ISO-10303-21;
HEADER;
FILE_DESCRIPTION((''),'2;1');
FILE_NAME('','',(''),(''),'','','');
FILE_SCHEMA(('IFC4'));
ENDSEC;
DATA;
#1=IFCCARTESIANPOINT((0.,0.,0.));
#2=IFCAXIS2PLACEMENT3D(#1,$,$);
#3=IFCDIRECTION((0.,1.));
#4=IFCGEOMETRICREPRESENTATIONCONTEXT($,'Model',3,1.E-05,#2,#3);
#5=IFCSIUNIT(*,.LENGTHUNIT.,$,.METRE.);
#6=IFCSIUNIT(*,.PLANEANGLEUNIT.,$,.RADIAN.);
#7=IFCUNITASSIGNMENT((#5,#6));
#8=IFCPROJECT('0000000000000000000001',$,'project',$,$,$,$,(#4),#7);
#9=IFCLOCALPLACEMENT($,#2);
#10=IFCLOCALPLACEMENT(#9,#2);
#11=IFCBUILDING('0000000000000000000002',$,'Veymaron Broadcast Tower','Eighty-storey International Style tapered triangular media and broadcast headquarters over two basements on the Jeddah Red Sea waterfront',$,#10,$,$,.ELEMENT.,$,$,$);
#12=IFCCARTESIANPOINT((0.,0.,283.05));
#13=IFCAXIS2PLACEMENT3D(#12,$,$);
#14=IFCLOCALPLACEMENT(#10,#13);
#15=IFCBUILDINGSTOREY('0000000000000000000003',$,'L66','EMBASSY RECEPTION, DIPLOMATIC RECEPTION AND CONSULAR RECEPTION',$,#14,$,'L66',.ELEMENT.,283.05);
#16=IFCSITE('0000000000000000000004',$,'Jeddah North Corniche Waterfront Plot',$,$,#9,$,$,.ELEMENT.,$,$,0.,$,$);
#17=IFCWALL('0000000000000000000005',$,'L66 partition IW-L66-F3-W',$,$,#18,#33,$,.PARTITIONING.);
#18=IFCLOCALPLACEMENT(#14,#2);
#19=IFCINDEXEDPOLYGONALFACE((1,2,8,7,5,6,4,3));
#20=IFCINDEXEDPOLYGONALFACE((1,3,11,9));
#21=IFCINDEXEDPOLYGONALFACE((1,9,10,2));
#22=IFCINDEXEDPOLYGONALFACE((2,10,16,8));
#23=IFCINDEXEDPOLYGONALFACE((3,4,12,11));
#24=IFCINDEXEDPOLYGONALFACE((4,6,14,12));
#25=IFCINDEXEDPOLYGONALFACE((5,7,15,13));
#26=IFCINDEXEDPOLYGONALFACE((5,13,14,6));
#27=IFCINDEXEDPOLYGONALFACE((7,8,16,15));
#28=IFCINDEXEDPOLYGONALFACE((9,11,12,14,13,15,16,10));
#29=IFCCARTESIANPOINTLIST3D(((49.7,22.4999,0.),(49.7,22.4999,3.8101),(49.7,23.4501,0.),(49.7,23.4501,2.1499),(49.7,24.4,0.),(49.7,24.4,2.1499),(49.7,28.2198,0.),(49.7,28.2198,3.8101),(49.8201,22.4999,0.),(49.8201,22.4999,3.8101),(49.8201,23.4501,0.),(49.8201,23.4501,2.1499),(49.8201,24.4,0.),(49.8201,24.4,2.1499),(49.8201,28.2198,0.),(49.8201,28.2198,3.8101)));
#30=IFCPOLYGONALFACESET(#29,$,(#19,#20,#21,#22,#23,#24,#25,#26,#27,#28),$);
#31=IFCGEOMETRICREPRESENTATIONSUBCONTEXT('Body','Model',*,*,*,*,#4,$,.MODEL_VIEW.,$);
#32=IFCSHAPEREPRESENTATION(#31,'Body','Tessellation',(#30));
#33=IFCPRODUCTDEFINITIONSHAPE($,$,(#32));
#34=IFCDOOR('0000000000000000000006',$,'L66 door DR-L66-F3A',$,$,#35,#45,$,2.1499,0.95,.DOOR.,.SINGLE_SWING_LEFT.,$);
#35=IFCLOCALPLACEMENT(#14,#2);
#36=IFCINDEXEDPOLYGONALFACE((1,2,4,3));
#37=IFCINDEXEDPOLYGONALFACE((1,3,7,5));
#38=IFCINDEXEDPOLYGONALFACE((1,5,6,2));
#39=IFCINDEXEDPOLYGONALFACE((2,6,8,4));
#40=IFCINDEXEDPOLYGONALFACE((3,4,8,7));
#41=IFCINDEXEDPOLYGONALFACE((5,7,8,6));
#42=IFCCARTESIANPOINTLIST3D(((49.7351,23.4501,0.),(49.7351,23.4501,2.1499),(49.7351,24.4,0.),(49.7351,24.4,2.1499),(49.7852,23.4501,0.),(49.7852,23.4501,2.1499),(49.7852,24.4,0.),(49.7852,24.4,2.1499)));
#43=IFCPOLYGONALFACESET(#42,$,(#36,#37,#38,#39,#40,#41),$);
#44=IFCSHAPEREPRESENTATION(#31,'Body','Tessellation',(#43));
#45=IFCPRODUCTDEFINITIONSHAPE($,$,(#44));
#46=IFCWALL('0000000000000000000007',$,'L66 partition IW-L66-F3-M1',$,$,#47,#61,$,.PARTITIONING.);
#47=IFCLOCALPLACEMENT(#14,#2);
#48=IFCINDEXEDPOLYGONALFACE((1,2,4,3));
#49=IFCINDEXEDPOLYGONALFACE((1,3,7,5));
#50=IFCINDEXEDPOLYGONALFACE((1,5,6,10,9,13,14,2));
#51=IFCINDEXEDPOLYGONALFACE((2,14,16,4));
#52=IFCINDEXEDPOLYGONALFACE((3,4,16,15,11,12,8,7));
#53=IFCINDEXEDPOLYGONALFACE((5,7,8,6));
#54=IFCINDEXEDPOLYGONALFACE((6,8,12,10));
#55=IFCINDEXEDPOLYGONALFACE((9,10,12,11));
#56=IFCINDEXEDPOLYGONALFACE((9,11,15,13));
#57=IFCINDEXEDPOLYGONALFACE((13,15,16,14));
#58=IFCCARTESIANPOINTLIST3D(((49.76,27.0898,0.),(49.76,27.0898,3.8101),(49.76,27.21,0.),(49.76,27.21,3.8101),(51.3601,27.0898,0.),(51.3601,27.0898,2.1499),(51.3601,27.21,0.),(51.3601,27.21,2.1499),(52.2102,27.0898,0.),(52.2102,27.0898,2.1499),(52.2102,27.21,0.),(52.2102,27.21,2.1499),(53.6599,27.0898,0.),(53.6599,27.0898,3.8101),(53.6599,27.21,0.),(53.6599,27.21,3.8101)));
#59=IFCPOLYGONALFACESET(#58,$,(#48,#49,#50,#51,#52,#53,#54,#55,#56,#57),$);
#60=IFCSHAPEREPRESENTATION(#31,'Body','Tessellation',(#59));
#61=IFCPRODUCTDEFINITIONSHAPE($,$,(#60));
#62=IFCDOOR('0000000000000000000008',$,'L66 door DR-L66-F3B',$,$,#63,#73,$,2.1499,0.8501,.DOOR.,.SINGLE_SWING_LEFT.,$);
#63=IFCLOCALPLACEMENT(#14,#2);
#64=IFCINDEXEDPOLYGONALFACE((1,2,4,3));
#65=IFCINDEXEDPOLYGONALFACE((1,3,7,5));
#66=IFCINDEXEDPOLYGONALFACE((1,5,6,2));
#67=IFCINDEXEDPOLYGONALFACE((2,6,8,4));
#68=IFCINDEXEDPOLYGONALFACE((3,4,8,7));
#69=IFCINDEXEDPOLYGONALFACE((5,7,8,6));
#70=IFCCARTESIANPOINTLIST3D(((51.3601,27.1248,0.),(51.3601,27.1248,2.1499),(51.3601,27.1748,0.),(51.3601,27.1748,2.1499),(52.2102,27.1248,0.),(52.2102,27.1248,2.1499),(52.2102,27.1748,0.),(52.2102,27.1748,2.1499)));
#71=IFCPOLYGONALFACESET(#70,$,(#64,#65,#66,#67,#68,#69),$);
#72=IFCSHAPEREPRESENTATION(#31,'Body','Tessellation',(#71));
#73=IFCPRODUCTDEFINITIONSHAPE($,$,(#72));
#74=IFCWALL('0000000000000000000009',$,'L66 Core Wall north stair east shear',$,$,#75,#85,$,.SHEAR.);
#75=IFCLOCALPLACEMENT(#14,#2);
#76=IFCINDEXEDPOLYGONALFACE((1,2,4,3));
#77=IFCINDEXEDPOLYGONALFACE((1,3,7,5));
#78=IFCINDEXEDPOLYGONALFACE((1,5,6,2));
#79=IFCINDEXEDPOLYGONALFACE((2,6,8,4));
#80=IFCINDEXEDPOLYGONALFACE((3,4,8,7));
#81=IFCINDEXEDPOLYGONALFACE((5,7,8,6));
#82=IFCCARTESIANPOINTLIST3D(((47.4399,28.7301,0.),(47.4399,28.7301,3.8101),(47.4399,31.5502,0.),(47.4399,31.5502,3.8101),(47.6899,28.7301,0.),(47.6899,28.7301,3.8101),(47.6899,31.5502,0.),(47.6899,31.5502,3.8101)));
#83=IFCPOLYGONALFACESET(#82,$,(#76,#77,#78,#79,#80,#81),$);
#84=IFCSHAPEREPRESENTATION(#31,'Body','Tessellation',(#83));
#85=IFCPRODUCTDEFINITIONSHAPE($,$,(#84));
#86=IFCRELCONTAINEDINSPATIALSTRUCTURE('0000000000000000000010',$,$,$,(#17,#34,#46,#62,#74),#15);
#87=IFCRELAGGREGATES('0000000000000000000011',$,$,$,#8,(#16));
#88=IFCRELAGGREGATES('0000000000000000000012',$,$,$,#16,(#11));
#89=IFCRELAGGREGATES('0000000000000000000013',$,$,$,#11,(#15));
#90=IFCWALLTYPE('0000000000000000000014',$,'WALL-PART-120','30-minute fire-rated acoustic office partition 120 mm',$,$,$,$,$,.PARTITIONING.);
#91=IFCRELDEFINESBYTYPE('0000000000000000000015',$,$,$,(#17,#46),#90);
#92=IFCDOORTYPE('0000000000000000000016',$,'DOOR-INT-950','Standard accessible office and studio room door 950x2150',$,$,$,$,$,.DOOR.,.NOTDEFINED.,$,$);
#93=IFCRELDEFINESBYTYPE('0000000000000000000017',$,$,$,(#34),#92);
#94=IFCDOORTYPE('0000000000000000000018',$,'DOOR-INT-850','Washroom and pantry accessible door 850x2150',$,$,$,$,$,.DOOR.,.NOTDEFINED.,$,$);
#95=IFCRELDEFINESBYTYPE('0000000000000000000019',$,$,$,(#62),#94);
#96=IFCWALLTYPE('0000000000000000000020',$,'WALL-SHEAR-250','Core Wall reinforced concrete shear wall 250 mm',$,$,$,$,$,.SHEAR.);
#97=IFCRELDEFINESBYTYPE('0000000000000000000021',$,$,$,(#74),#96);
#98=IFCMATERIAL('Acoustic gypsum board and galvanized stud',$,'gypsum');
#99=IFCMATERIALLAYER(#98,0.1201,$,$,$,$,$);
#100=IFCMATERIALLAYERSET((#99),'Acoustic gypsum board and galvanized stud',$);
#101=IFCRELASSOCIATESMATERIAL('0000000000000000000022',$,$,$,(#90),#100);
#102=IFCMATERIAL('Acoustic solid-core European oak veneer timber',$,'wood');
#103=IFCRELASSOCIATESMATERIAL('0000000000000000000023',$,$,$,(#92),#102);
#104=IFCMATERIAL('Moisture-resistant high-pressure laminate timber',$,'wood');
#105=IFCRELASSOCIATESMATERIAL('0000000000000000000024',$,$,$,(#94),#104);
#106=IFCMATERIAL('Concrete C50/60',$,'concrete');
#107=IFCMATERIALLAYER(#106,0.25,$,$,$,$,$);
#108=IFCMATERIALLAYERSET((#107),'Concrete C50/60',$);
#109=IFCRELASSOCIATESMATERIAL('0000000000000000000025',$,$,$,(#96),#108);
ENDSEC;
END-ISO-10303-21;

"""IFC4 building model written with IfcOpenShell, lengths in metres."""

from ifc_helpers import new_model, si_unit, direction, frame, frame_2d, origin, place, context, subcontext, project, spatial, rectangle, extrude, material, layer, layer_set, type_object, element, fill, save


model = new_model("IFC4")

# Units and contexts
model_context = context("Model", 3, precision=1e-05, world=origin(), true_north=direction((0.0, 1.0)))
body_context = subcontext(model_context, "Body", "Model", "MODEL_VIEW")
ifc_project = project(units=[si_unit("LENGTHUNIT", "METRE"), si_unit("PLANEANGLEUNIT", "RADIAN")], contexts=[model_context])

# Site, building, storey
site_placement = place(None, origin())
site = spatial("IfcSite", under=ifc_project, at=site_placement, Name="Jeddah North Corniche Waterfront Plot", CompositionType="ELEMENT", RefElevation=0.0)
building_placement = place(site_placement, origin())
building = spatial("IfcBuilding", under=site, at=building_placement, Name="Veymaron Broadcast Tower", Description="Eighty-storey International Style tapered triangular media and broadcast headquarters over two basements on the Jeddah Red Sea waterfront", CompositionType="ELEMENT")
storey_placement = place(building_placement, frame((0.0, 0.0, 283.05)))
storey = spatial("IfcBuildingStorey", under=building, at=storey_placement, Name="L66", Description="EMBASSY RECEPTION, DIPLOMATIC RECEPTION AND CONSULAR RECEPTION", LongName="L66", CompositionType="ELEMENT", Elevation=283.05)

# Walls, openings, doors
ifc_material_1 = material(Name="Acoustic gypsum board and galvanized stud", Category="gypsum")
ifc_layer_1 = layer(ifc_material_1, 0.1201)
ifc_layer_set_1 = layer_set([ifc_layer_1], Name="Acoustic gypsum board and galvanized stud")
wall_type_1 = type_object("IfcWallType", Name="WALL-PART-120", Description="30-minute fire-rated acoustic office partition 120 mm", PredefinedType="PARTITIONING", material=ifc_layer_set_1)
wall_1_placement = place(storey_placement, frame((49.76, 22.5, 0.0), z_axis=(0.0, 0.0, 1.0), x_axis=(0.0, 1.0, 0.0)))
wall_1 = element("IfcWall", 1, at=wall_1_placement, inside=storey, type_object=wall_type_1, Name="L66 partition IW-L66-F3-W", PredefinedType="PARTITIONING", context=body_context, shape_type="SweptSolid", body=[
    extrude(rectangle(XDim=5.72, YDim=0.1201, at=frame_2d((2.8599, 0.0))), origin(), (0.0, 0.0, 1.0), 3.8101),
])
opening_1_placement = place(wall_1_placement, frame((0.95, 0.0, 0.0)))
opening_1 = element("IfcOpeningElement", 2, at=opening_1_placement, cuts=wall_1, PredefinedType="OPENING", context=body_context, shape_type="SweptSolid", body=[
    extrude(rectangle(XDim=0.95, YDim=2.1499, at=frame_2d((0.4751, 1.075))), frame((0.0, 0.0701, 0.0), z_axis=(0.0, -1.0, 0.0), x_axis=(1.0, 0.0, 0.0)), (0.0, 0.0, 1.0), 0.1401),
])
ifc_material_2 = material(Name="Acoustic solid-core European oak veneer timber", Category="wood")
door_type_1 = type_object("IfcDoorType", Name="DOOR-INT-950", Description="Standard accessible office and studio room door 950x2150", OperationType="NOTDEFINED", PredefinedType="DOOR", material=ifc_material_2)
door_1_placement = place(opening_1_placement, origin())
door_1 = element("IfcDoor", 3, at=door_1_placement, inside=storey, type_object=door_type_1, Name="L66 door DR-L66-F3A", OperationType="SINGLE_SWING_LEFT", OverallHeight=2.1499, OverallWidth=0.95, PredefinedType="DOOR", context=body_context, shape_type="SweptSolid", body=[
    extrude(rectangle(XDim=0.95, YDim=2.1499, at=frame_2d((0.4751, 1.075))), frame((0.0, 0.0249, 0.0), z_axis=(0.0, -1.0, 0.0), x_axis=(1.0, 0.0, 0.0)), (0.0, 0.0, 1.0), 0.05),
])
fill(opening_1, door_1)
wall_2_placement = place(storey_placement, frame((49.76, 27.1499, 0.0), z_axis=(0.0, 0.0, 1.0), x_axis=(1.0, 0.0, 0.0)))
wall_2 = element("IfcWall", 4, at=wall_2_placement, inside=storey, type_object=wall_type_1, Name="L66 partition IW-L66-F3-M1", PredefinedType="PARTITIONING", context=body_context, shape_type="SweptSolid", body=[
    extrude(rectangle(XDim=3.8999, YDim=0.1201, at=frame_2d((1.95, 0.0))), origin(), (0.0, 0.0, 1.0), 3.8101),
])
opening_2_placement = place(wall_2_placement, frame((1.6001, 0.0, 0.0)))
opening_2 = element("IfcOpeningElement", 5, at=opening_2_placement, cuts=wall_2, PredefinedType="OPENING", context=body_context, shape_type="SweptSolid", body=[
    extrude(rectangle(XDim=0.8501, YDim=2.1499, at=frame_2d((0.425, 1.075))), frame((0.0, 0.0701, 0.0), z_axis=(0.0, -1.0, 0.0), x_axis=(1.0, 0.0, 0.0)), (0.0, 0.0, 1.0), 0.1401),
])
ifc_material_3 = material(Name="Moisture-resistant high-pressure laminate timber", Category="wood")
door_type_2 = type_object("IfcDoorType", Name="DOOR-INT-850", Description="Washroom and pantry accessible door 850x2150", OperationType="NOTDEFINED", PredefinedType="DOOR", material=ifc_material_3)
door_2_placement = place(opening_2_placement, origin())
door_2 = element("IfcDoor", 6, at=door_2_placement, inside=storey, type_object=door_type_2, Name="L66 door DR-L66-F3B", OperationType="SINGLE_SWING_LEFT", OverallHeight=2.1499, OverallWidth=0.8501, PredefinedType="DOOR", context=body_context, shape_type="SweptSolid", body=[
    extrude(rectangle(XDim=0.8501, YDim=2.1499, at=frame_2d((0.425, 1.075))), frame((0.0, 0.0249, 0.0), z_axis=(0.0, -1.0, 0.0), x_axis=(1.0, 0.0, 0.0)), (0.0, 0.0, 1.0), 0.05),
])
fill(opening_2, door_2)

# Wall
ifc_material_4 = material(Name="Concrete C50/60", Category="concrete")
ifc_layer_2 = layer(ifc_material_4, 0.25)
ifc_layer_set_2 = layer_set([ifc_layer_2], Name="Concrete C50/60")
wall_type_2 = type_object("IfcWallType", Name="WALL-SHEAR-250", Description="Core Wall reinforced concrete shear wall 250 mm", PredefinedType="SHEAR", material=ifc_layer_set_2)
wall_3_placement = place(storey_placement, frame((47.5649, 28.73, 0.0), z_axis=(0.0, 0.0, 1.0), x_axis=(0.0, 1.0, 0.0)))
element("IfcWall", 7, at=wall_3_placement, inside=storey, type_object=wall_type_2, Name="L66 Core Wall north stair east shear", PredefinedType="SHEAR", context=body_context, shape_type="SweptSolid", body=[
    extrude(rectangle(XDim=2.8201, YDim=0.25, at=frame_2d((1.4102, 0.0))), origin(), (0.0, 0.0, 1.0), 3.8101),
])

save(model, "model.ifc")
